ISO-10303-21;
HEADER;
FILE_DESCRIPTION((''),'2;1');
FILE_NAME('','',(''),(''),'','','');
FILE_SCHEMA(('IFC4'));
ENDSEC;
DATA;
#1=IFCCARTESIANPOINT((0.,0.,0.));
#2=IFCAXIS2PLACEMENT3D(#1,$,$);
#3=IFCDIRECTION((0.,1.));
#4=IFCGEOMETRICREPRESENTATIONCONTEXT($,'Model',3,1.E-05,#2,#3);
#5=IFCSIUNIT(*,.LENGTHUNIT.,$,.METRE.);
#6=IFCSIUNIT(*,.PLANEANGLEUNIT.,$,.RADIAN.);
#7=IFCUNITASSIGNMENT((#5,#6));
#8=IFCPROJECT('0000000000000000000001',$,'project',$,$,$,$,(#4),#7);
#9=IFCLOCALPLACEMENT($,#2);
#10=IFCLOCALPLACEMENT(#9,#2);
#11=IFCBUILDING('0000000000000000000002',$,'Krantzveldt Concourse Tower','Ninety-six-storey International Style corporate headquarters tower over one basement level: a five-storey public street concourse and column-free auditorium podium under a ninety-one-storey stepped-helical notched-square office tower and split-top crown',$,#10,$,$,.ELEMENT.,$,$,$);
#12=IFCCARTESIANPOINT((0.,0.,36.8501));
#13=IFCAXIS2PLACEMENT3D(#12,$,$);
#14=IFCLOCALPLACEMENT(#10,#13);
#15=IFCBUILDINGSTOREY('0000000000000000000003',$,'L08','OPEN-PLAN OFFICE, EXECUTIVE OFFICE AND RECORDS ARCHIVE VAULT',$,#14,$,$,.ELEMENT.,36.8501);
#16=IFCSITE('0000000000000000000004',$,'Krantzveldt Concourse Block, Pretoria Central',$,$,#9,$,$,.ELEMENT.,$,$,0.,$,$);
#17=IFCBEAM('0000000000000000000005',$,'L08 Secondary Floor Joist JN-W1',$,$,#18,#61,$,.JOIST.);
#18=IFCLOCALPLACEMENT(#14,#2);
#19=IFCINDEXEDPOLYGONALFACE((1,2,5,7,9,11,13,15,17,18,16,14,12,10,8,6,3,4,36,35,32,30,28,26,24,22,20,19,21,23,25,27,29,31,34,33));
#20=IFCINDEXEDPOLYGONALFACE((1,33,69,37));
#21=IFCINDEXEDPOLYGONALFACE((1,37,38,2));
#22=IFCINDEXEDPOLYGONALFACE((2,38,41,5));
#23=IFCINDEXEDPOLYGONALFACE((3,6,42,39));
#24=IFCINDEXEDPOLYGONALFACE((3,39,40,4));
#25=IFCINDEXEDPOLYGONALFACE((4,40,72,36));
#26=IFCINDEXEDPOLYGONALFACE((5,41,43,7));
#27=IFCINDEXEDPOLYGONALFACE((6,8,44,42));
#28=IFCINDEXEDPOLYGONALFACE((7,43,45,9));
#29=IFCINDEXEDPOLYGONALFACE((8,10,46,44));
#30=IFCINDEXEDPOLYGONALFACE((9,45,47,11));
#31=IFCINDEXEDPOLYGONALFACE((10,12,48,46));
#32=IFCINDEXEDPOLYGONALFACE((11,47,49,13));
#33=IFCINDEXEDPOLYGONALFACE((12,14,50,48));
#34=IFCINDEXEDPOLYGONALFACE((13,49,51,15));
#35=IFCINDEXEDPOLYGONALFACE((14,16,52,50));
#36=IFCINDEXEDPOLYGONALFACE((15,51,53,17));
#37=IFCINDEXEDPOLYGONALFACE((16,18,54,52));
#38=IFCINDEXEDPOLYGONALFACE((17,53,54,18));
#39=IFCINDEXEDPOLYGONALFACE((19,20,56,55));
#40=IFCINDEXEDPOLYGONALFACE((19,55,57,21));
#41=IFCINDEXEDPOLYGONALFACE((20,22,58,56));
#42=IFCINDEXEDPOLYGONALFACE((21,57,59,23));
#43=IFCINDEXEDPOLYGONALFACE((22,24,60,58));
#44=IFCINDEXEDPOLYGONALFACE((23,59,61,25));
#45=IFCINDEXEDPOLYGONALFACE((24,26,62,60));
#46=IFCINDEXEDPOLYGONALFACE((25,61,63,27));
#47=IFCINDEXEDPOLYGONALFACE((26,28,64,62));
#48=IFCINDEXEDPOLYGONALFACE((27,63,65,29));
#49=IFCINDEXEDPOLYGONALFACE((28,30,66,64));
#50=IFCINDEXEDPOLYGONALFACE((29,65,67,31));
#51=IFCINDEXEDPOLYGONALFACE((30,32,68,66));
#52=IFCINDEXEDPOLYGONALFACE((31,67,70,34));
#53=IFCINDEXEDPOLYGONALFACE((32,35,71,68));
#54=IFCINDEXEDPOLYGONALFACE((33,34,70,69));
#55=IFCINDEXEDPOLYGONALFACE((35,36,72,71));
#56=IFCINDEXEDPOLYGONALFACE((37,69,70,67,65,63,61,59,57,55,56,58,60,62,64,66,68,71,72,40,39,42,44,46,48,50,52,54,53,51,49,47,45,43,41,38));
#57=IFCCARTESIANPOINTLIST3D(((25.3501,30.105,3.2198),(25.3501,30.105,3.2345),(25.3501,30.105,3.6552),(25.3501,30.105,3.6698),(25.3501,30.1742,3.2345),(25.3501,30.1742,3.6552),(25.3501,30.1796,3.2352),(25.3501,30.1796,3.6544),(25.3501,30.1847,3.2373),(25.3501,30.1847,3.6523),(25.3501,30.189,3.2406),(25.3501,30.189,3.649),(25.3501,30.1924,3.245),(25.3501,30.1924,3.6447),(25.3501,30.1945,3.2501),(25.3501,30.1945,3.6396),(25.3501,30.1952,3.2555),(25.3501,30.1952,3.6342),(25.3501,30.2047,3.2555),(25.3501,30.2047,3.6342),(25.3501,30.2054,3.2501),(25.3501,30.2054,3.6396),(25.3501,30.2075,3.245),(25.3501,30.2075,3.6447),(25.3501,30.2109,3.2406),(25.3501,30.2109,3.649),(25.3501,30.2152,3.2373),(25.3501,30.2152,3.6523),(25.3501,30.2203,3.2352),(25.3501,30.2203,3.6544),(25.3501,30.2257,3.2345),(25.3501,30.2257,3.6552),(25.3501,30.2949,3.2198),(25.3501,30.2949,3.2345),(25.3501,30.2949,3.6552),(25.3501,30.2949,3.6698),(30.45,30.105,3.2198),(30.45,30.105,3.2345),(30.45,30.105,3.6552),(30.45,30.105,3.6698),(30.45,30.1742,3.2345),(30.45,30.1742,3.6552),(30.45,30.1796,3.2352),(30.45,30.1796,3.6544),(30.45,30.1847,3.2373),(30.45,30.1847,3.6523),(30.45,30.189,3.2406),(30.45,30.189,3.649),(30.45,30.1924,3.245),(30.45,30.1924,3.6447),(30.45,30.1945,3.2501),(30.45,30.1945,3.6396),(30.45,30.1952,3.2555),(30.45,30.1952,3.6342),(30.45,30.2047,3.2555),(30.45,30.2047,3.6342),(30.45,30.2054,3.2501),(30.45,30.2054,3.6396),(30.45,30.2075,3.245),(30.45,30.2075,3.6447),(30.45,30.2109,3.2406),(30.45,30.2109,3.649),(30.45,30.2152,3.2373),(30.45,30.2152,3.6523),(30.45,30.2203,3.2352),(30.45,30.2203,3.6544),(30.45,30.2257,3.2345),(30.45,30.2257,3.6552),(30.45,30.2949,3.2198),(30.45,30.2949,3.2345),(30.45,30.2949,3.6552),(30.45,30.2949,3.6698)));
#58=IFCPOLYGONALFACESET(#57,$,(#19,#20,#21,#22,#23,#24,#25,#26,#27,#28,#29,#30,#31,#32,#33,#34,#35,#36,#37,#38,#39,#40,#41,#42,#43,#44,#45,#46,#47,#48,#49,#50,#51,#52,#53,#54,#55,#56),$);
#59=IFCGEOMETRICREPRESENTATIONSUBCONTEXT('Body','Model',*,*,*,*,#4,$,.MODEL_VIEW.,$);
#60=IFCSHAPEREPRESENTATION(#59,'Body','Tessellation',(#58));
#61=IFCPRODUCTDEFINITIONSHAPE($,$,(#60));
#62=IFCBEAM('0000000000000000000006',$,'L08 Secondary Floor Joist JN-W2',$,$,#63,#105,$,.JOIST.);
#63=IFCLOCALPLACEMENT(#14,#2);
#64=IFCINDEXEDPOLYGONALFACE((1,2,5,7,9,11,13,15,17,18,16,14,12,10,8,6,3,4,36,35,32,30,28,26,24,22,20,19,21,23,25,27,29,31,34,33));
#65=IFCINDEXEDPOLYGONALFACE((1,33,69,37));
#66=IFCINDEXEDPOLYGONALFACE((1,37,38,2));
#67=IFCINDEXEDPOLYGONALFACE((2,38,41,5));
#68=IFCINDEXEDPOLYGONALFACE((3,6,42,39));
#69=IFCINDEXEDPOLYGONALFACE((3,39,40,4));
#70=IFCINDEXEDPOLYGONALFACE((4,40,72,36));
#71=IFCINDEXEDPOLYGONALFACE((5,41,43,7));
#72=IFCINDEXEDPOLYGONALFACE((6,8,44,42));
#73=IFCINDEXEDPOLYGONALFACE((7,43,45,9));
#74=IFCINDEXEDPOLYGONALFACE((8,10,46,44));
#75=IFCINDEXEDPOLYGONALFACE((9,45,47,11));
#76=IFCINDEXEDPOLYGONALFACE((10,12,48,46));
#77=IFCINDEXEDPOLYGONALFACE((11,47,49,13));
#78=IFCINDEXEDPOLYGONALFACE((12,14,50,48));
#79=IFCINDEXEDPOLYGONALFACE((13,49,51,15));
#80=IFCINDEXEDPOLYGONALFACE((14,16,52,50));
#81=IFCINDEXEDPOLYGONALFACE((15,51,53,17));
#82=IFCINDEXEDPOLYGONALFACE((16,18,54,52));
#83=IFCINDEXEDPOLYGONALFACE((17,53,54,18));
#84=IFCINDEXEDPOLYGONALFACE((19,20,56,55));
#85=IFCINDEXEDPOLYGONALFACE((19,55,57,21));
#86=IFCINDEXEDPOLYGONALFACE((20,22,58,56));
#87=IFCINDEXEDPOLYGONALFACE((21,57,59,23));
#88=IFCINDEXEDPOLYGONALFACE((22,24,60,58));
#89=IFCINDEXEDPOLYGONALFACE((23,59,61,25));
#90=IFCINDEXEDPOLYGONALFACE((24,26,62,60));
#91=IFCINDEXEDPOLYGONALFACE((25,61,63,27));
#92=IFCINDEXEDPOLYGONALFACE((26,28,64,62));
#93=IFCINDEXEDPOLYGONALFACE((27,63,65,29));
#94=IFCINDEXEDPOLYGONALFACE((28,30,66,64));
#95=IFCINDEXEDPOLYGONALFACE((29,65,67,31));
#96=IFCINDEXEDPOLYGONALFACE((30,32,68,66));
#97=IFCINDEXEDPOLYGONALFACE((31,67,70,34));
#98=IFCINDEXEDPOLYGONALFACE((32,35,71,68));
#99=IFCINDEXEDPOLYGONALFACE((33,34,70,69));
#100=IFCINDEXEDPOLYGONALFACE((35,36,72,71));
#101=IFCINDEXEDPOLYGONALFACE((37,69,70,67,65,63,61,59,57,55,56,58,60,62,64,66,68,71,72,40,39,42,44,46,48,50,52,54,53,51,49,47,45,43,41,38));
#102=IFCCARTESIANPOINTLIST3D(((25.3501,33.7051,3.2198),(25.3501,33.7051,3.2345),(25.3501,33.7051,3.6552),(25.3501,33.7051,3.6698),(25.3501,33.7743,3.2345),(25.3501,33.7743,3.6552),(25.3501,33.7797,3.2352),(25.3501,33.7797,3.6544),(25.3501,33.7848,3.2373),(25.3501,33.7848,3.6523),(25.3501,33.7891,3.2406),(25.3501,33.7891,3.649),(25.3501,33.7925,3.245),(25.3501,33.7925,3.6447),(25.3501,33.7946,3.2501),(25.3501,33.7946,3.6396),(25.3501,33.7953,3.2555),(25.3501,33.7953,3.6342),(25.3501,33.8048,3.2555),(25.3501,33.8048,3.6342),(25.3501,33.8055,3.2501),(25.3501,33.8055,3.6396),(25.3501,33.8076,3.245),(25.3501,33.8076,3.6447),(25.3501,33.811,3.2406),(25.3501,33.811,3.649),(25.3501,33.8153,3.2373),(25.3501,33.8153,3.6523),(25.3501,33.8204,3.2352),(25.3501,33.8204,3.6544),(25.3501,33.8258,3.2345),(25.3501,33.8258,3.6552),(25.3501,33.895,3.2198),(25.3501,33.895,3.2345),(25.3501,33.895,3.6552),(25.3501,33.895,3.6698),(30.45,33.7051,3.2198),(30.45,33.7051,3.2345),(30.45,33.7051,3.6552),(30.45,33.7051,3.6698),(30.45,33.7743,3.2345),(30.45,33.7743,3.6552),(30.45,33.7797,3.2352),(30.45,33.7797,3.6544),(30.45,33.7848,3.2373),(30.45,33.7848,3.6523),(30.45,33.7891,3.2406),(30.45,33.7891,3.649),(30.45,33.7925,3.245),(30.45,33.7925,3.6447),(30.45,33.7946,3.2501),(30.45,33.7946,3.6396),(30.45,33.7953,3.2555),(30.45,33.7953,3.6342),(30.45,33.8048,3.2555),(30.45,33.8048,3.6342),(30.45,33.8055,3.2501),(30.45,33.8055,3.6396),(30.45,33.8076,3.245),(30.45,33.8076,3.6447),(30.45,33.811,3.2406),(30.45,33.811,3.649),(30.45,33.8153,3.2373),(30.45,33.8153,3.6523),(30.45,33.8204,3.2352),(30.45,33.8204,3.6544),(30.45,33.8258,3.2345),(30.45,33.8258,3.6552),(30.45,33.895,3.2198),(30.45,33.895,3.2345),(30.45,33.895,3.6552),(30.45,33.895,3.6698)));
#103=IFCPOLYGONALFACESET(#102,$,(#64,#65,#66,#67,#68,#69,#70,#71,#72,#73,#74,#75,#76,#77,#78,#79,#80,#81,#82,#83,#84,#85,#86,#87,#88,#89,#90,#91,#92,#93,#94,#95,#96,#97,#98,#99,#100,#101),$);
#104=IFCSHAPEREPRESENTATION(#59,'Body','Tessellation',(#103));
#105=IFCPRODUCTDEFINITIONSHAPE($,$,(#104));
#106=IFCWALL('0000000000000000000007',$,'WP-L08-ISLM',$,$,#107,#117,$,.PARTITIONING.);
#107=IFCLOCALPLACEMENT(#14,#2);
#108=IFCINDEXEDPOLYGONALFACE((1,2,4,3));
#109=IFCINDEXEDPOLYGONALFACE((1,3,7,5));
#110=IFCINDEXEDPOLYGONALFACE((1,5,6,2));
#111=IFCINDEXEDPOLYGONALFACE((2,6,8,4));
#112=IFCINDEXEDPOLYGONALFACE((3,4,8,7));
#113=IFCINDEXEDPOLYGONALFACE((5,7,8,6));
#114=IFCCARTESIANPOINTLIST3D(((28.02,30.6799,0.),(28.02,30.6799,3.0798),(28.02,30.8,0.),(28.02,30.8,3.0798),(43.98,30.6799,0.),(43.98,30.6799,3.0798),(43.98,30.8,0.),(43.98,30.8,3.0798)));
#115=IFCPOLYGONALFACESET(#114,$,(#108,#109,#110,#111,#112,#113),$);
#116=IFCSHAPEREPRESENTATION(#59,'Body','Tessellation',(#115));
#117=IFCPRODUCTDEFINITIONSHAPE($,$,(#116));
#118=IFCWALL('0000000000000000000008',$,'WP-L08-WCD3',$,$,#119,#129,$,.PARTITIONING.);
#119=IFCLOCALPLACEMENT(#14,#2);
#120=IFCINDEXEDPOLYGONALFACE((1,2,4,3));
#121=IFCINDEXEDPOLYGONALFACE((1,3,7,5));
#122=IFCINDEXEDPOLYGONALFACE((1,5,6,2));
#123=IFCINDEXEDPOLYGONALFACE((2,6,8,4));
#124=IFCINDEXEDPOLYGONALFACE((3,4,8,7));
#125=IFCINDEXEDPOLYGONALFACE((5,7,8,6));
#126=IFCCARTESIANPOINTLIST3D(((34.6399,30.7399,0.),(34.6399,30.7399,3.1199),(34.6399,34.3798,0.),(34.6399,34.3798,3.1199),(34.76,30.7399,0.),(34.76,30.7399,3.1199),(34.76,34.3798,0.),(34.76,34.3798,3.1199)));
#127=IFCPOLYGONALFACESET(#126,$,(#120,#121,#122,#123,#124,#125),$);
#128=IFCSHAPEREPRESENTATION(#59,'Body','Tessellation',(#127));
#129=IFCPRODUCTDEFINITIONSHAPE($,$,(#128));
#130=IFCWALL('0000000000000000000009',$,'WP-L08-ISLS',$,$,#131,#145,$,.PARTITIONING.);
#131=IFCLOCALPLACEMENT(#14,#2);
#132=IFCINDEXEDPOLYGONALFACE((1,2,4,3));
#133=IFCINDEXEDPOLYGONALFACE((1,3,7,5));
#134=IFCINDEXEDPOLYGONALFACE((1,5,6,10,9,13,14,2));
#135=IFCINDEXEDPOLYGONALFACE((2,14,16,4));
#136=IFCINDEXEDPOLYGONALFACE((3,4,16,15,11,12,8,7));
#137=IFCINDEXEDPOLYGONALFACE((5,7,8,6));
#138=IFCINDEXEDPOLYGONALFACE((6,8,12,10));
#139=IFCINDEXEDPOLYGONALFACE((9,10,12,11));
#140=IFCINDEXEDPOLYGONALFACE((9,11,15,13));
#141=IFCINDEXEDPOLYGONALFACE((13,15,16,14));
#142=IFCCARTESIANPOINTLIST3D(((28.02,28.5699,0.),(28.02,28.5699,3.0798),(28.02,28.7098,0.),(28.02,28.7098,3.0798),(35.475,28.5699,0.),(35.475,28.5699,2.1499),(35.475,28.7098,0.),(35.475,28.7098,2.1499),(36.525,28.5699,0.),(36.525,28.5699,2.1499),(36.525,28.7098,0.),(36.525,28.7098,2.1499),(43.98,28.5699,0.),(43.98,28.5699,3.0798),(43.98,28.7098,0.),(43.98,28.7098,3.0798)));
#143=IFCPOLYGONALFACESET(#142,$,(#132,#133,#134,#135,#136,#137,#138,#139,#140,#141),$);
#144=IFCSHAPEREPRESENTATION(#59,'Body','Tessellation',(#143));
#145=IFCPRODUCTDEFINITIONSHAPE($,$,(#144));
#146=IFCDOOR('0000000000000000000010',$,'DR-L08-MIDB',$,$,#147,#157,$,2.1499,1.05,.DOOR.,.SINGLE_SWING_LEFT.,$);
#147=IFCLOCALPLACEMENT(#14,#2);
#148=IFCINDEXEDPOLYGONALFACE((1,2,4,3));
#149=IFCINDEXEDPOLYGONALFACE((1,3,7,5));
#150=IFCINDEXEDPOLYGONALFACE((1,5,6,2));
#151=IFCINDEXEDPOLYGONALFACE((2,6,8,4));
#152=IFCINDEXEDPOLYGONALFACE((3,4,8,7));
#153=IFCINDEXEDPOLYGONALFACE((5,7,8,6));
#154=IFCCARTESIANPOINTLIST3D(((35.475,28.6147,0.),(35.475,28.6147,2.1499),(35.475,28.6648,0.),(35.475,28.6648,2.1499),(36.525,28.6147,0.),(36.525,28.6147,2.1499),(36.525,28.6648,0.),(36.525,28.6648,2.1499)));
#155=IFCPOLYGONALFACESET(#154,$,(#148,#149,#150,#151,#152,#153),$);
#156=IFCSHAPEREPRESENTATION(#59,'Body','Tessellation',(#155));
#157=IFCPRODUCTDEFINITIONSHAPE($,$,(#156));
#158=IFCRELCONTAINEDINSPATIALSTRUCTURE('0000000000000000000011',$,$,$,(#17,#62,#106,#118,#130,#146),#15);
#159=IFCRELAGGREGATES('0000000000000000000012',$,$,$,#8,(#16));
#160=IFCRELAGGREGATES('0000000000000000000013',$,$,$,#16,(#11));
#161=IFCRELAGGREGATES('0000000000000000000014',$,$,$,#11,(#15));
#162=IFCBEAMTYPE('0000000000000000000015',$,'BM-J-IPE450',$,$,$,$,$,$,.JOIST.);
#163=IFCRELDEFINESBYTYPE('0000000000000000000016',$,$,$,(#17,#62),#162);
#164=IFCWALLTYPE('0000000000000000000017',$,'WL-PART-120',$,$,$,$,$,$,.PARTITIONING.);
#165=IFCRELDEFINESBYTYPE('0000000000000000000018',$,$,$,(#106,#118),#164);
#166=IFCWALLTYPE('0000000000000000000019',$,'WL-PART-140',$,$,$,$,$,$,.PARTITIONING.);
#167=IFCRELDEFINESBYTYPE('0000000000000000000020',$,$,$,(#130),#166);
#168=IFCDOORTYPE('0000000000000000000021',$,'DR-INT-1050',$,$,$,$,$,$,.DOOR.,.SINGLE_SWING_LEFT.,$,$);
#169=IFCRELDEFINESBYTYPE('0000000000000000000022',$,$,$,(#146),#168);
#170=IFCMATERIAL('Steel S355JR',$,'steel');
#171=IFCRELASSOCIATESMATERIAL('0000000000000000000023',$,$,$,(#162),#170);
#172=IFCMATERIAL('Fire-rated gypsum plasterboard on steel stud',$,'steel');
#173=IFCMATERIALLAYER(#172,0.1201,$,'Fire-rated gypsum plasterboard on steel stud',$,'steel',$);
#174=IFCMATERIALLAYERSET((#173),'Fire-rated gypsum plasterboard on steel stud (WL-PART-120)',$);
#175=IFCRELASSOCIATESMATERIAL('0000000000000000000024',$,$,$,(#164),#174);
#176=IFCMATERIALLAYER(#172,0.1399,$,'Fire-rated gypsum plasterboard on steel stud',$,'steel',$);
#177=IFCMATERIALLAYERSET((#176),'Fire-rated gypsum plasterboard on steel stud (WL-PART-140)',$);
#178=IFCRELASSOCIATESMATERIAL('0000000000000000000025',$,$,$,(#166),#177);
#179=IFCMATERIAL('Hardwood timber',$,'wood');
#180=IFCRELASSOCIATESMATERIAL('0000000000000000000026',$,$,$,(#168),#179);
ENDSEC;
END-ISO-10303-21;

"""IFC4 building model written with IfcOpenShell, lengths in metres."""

from ifc_helpers import new_model, si_unit, direction, frame, frame_2d, origin, origin_2d, place, context, subcontext, project, spatial, rectangle, i_section, extrude, source, transform, mapped, material, layer, layer_set, material_profile, profile_set, type_object, type_shapes, element, fill, save


model = new_model("IFC4")

# Units and contexts
model_context = context("Model", 3, precision=1e-05, world=origin(), true_north=direction((0.0, 1.0)))
body_context = subcontext(model_context, "Body", "Model", "MODEL_VIEW")
ifc_project = project(units=[si_unit("LENGTHUNIT", "METRE"), si_unit("PLANEANGLEUNIT", "RADIAN")], contexts=[model_context])

# Site, building, storey
site_placement = place(None, origin())
site = spatial("IfcSite", under=ifc_project, at=site_placement, Name="Krantzveldt Concourse Block, Pretoria Central", CompositionType="ELEMENT", RefElevation=0.0)
building_placement = place(site_placement, origin())
building = spatial("IfcBuilding", under=site, at=building_placement, Name="Krantzveldt Concourse Tower", Description="Ninety-six-storey International Style corporate headquarters tower over one basement level: a five-storey public street concourse and column-free auditorium podium under a ninety-one-storey stepped-helical notched-square office tower and split-top crown", CompositionType="ELEMENT")
storey_placement = place(building_placement, frame((0.0, 0.0, 36.8501)))
storey = spatial("IfcBuildingStorey", under=building, at=storey_placement, Name="L08", Description="OPEN-PLAN OFFICE, EXECUTIVE OFFICE AND RECORDS ARCHIVE VAULT", CompositionType="ELEMENT", Elevation=36.8501)

# Beams
ifc_material_1 = material(Name="Steel S355JR", Category="steel")
ifc_material_profile_1 = material_profile(ifc_material_1, i_section(OverallWidth=0.1899, OverallDepth=0.45, WebThickness=0.0095, FlangeThickness=0.0146, FilletRadius=0.021, at=origin_2d()), Name="Steel S355JR", Category="steel")
ifc_profile_set_1 = profile_set([ifc_material_profile_1], Name="Steel S355JR - IPE 450")
beam_type_1 = type_object("IfcBeamType", Name="BM-J-IPE450", PredefinedType="JOIST", material=ifc_profile_set_1)
shared_shape_1 = source(origin(), body_context, "Body", "SweptSolid", [
    extrude(i_section(OverallWidth=0.1899, OverallDepth=0.45, WebThickness=0.0095, FlangeThickness=0.0146, FilletRadius=0.021, at=origin_2d()), origin(), (0.0, 0.0, 1.0), 5.0999),
])
type_shapes(beam_type_1, [shared_shape_1])
for number, where, z_axis, x_axis, name in (
    (1, (25.3501, 30.2, 3.4448), (1.0, 0.0, 0.0), (0.0, 1.0, 0.0), "L08 Secondary Floor Joist JN-W1"),
    (2, (25.3501, 33.8, 3.4448), (1.0, 0.0, 0.0), (0.0, 1.0, 0.0), "L08 Secondary Floor Joist JN-W2"),
):
    element("IfcBeam", number, at=place(storey_placement, frame(where, z_axis=z_axis, x_axis=x_axis)), inside=storey, type_object=beam_type_1, Name=name, PredefinedType="JOIST", context=body_context, shape_type="MappedRepresentation", body=[
        mapped(shared_shape_1, transform((0.0, 0.0, 0.0), x_axis=(1.0, 0.0, 0.0), y_axis=(0.0, 1.0, 0.0), z_axis=(0.0, 0.0, 1.0), scale=1.0)),
    ])

# Walls
ifc_material_2 = material(Name="Fire-rated gypsum plasterboard on steel stud", Category="steel")
ifc_layer_1 = layer(ifc_material_2, 0.1201, Name="Fire-rated gypsum plasterboard on steel stud", Category="steel")
ifc_layer_set_1 = layer_set([ifc_layer_1], Name="Fire-rated gypsum plasterboard on steel stud (WL-PART-120)")
wall_type_1 = type_object("IfcWallType", Name="WL-PART-120", PredefinedType="PARTITIONING", material=ifc_layer_set_1)
wall_1_placement = place(storey_placement, frame((28.02, 30.74, 0.0), z_axis=(0.0, 0.0, 1.0), x_axis=(1.0, 0.0, 0.0)))
element("IfcWall", 3, at=wall_1_placement, inside=storey, type_object=wall_type_1, Name="WP-L08-ISLM", PredefinedType="PARTITIONING", context=body_context, shape_type="SweptSolid", body=[
    extrude(rectangle(XDim=15.96, YDim=0.1201, at=frame_2d((7.98, 0.0))), origin(), (0.0, 0.0, 1.0), 3.0798),
])
wall_2_placement = place(storey_placement, frame((34.7, 30.74, 0.0), z_axis=(0.0, 0.0, 1.0), x_axis=(0.0, 1.0, 0.0)))
element("IfcWall", 4, at=wall_2_placement, inside=storey, type_object=wall_type_1, Name="WP-L08-WCD3", PredefinedType="PARTITIONING", context=body_context, shape_type="SweptSolid", body=[
    extrude(rectangle(XDim=3.6399, YDim=0.1201, at=frame_2d((1.8198, 0.0))), origin(), (0.0, 0.0, 1.0), 3.1199),
])

# Wall, opening, door
ifc_layer_2 = layer(ifc_material_2, 0.1399, Name="Fire-rated gypsum plasterboard on steel stud", Category="steel")
ifc_layer_set_2 = layer_set([ifc_layer_2], Name="Fire-rated gypsum plasterboard on steel stud (WL-PART-140)")
wall_type_2 = type_object("IfcWallType", Name="WL-PART-140", PredefinedType="PARTITIONING", material=ifc_layer_set_2)
wall_3_placement = place(storey_placement, frame((28.02, 28.6399, 0.0), z_axis=(0.0, 0.0, 1.0), x_axis=(1.0, 0.0, 0.0)))
wall_3 = element("IfcWall", 5, at=wall_3_placement, inside=storey, type_object=wall_type_2, Name="WP-L08-ISLS", PredefinedType="PARTITIONING", context=body_context, shape_type="SweptSolid", body=[
    extrude(rectangle(XDim=15.96, YDim=0.1399, at=frame_2d((7.98, 0.0))), origin(), (0.0, 0.0, 1.0), 3.0798),
])
opening_1_placement = place(wall_3_placement, frame((7.4551, 0.0, 0.0)))
opening_1 = element("IfcOpeningElement", 6, at=opening_1_placement, cuts=wall_3, PredefinedType="OPENING", context=body_context, shape_type="SweptSolid", body=[
    extrude(rectangle(XDim=1.05, YDim=2.1499, at=frame_2d((0.5249, 1.075))), frame((0.0, 0.0801, 0.0), z_axis=(0.0, -1.0, 0.0), x_axis=(1.0, 0.0, 0.0)), (0.0, 0.0, 1.0), 0.1599),
])
ifc_material_3 = material(Name="Hardwood timber", Category="wood")
door_type_1 = type_object("IfcDoorType", Name="DR-INT-1050", OperationType="SINGLE_SWING_LEFT", PredefinedType="DOOR", material=ifc_material_3)
door_1_placement = place(opening_1_placement, origin())
door_1 = element("IfcDoor", 7, at=door_1_placement, inside=storey, type_object=door_type_1, Name="DR-L08-MIDB", OperationType="SINGLE_SWING_LEFT", OverallHeight=2.1499, OverallWidth=1.05, PredefinedType="DOOR", context=body_context, shape_type="SweptSolid", body=[
    extrude(rectangle(XDim=1.05, YDim=2.1499, at=frame_2d((0.5249, 1.075))), frame((0.0, 0.0249, 0.0), z_axis=(0.0, -1.0, 0.0), x_axis=(1.0, 0.0, 0.0)), (0.0, 0.0, 1.0), 0.05),
])
fill(opening_1, door_1)

save(model, "model.ifc")
